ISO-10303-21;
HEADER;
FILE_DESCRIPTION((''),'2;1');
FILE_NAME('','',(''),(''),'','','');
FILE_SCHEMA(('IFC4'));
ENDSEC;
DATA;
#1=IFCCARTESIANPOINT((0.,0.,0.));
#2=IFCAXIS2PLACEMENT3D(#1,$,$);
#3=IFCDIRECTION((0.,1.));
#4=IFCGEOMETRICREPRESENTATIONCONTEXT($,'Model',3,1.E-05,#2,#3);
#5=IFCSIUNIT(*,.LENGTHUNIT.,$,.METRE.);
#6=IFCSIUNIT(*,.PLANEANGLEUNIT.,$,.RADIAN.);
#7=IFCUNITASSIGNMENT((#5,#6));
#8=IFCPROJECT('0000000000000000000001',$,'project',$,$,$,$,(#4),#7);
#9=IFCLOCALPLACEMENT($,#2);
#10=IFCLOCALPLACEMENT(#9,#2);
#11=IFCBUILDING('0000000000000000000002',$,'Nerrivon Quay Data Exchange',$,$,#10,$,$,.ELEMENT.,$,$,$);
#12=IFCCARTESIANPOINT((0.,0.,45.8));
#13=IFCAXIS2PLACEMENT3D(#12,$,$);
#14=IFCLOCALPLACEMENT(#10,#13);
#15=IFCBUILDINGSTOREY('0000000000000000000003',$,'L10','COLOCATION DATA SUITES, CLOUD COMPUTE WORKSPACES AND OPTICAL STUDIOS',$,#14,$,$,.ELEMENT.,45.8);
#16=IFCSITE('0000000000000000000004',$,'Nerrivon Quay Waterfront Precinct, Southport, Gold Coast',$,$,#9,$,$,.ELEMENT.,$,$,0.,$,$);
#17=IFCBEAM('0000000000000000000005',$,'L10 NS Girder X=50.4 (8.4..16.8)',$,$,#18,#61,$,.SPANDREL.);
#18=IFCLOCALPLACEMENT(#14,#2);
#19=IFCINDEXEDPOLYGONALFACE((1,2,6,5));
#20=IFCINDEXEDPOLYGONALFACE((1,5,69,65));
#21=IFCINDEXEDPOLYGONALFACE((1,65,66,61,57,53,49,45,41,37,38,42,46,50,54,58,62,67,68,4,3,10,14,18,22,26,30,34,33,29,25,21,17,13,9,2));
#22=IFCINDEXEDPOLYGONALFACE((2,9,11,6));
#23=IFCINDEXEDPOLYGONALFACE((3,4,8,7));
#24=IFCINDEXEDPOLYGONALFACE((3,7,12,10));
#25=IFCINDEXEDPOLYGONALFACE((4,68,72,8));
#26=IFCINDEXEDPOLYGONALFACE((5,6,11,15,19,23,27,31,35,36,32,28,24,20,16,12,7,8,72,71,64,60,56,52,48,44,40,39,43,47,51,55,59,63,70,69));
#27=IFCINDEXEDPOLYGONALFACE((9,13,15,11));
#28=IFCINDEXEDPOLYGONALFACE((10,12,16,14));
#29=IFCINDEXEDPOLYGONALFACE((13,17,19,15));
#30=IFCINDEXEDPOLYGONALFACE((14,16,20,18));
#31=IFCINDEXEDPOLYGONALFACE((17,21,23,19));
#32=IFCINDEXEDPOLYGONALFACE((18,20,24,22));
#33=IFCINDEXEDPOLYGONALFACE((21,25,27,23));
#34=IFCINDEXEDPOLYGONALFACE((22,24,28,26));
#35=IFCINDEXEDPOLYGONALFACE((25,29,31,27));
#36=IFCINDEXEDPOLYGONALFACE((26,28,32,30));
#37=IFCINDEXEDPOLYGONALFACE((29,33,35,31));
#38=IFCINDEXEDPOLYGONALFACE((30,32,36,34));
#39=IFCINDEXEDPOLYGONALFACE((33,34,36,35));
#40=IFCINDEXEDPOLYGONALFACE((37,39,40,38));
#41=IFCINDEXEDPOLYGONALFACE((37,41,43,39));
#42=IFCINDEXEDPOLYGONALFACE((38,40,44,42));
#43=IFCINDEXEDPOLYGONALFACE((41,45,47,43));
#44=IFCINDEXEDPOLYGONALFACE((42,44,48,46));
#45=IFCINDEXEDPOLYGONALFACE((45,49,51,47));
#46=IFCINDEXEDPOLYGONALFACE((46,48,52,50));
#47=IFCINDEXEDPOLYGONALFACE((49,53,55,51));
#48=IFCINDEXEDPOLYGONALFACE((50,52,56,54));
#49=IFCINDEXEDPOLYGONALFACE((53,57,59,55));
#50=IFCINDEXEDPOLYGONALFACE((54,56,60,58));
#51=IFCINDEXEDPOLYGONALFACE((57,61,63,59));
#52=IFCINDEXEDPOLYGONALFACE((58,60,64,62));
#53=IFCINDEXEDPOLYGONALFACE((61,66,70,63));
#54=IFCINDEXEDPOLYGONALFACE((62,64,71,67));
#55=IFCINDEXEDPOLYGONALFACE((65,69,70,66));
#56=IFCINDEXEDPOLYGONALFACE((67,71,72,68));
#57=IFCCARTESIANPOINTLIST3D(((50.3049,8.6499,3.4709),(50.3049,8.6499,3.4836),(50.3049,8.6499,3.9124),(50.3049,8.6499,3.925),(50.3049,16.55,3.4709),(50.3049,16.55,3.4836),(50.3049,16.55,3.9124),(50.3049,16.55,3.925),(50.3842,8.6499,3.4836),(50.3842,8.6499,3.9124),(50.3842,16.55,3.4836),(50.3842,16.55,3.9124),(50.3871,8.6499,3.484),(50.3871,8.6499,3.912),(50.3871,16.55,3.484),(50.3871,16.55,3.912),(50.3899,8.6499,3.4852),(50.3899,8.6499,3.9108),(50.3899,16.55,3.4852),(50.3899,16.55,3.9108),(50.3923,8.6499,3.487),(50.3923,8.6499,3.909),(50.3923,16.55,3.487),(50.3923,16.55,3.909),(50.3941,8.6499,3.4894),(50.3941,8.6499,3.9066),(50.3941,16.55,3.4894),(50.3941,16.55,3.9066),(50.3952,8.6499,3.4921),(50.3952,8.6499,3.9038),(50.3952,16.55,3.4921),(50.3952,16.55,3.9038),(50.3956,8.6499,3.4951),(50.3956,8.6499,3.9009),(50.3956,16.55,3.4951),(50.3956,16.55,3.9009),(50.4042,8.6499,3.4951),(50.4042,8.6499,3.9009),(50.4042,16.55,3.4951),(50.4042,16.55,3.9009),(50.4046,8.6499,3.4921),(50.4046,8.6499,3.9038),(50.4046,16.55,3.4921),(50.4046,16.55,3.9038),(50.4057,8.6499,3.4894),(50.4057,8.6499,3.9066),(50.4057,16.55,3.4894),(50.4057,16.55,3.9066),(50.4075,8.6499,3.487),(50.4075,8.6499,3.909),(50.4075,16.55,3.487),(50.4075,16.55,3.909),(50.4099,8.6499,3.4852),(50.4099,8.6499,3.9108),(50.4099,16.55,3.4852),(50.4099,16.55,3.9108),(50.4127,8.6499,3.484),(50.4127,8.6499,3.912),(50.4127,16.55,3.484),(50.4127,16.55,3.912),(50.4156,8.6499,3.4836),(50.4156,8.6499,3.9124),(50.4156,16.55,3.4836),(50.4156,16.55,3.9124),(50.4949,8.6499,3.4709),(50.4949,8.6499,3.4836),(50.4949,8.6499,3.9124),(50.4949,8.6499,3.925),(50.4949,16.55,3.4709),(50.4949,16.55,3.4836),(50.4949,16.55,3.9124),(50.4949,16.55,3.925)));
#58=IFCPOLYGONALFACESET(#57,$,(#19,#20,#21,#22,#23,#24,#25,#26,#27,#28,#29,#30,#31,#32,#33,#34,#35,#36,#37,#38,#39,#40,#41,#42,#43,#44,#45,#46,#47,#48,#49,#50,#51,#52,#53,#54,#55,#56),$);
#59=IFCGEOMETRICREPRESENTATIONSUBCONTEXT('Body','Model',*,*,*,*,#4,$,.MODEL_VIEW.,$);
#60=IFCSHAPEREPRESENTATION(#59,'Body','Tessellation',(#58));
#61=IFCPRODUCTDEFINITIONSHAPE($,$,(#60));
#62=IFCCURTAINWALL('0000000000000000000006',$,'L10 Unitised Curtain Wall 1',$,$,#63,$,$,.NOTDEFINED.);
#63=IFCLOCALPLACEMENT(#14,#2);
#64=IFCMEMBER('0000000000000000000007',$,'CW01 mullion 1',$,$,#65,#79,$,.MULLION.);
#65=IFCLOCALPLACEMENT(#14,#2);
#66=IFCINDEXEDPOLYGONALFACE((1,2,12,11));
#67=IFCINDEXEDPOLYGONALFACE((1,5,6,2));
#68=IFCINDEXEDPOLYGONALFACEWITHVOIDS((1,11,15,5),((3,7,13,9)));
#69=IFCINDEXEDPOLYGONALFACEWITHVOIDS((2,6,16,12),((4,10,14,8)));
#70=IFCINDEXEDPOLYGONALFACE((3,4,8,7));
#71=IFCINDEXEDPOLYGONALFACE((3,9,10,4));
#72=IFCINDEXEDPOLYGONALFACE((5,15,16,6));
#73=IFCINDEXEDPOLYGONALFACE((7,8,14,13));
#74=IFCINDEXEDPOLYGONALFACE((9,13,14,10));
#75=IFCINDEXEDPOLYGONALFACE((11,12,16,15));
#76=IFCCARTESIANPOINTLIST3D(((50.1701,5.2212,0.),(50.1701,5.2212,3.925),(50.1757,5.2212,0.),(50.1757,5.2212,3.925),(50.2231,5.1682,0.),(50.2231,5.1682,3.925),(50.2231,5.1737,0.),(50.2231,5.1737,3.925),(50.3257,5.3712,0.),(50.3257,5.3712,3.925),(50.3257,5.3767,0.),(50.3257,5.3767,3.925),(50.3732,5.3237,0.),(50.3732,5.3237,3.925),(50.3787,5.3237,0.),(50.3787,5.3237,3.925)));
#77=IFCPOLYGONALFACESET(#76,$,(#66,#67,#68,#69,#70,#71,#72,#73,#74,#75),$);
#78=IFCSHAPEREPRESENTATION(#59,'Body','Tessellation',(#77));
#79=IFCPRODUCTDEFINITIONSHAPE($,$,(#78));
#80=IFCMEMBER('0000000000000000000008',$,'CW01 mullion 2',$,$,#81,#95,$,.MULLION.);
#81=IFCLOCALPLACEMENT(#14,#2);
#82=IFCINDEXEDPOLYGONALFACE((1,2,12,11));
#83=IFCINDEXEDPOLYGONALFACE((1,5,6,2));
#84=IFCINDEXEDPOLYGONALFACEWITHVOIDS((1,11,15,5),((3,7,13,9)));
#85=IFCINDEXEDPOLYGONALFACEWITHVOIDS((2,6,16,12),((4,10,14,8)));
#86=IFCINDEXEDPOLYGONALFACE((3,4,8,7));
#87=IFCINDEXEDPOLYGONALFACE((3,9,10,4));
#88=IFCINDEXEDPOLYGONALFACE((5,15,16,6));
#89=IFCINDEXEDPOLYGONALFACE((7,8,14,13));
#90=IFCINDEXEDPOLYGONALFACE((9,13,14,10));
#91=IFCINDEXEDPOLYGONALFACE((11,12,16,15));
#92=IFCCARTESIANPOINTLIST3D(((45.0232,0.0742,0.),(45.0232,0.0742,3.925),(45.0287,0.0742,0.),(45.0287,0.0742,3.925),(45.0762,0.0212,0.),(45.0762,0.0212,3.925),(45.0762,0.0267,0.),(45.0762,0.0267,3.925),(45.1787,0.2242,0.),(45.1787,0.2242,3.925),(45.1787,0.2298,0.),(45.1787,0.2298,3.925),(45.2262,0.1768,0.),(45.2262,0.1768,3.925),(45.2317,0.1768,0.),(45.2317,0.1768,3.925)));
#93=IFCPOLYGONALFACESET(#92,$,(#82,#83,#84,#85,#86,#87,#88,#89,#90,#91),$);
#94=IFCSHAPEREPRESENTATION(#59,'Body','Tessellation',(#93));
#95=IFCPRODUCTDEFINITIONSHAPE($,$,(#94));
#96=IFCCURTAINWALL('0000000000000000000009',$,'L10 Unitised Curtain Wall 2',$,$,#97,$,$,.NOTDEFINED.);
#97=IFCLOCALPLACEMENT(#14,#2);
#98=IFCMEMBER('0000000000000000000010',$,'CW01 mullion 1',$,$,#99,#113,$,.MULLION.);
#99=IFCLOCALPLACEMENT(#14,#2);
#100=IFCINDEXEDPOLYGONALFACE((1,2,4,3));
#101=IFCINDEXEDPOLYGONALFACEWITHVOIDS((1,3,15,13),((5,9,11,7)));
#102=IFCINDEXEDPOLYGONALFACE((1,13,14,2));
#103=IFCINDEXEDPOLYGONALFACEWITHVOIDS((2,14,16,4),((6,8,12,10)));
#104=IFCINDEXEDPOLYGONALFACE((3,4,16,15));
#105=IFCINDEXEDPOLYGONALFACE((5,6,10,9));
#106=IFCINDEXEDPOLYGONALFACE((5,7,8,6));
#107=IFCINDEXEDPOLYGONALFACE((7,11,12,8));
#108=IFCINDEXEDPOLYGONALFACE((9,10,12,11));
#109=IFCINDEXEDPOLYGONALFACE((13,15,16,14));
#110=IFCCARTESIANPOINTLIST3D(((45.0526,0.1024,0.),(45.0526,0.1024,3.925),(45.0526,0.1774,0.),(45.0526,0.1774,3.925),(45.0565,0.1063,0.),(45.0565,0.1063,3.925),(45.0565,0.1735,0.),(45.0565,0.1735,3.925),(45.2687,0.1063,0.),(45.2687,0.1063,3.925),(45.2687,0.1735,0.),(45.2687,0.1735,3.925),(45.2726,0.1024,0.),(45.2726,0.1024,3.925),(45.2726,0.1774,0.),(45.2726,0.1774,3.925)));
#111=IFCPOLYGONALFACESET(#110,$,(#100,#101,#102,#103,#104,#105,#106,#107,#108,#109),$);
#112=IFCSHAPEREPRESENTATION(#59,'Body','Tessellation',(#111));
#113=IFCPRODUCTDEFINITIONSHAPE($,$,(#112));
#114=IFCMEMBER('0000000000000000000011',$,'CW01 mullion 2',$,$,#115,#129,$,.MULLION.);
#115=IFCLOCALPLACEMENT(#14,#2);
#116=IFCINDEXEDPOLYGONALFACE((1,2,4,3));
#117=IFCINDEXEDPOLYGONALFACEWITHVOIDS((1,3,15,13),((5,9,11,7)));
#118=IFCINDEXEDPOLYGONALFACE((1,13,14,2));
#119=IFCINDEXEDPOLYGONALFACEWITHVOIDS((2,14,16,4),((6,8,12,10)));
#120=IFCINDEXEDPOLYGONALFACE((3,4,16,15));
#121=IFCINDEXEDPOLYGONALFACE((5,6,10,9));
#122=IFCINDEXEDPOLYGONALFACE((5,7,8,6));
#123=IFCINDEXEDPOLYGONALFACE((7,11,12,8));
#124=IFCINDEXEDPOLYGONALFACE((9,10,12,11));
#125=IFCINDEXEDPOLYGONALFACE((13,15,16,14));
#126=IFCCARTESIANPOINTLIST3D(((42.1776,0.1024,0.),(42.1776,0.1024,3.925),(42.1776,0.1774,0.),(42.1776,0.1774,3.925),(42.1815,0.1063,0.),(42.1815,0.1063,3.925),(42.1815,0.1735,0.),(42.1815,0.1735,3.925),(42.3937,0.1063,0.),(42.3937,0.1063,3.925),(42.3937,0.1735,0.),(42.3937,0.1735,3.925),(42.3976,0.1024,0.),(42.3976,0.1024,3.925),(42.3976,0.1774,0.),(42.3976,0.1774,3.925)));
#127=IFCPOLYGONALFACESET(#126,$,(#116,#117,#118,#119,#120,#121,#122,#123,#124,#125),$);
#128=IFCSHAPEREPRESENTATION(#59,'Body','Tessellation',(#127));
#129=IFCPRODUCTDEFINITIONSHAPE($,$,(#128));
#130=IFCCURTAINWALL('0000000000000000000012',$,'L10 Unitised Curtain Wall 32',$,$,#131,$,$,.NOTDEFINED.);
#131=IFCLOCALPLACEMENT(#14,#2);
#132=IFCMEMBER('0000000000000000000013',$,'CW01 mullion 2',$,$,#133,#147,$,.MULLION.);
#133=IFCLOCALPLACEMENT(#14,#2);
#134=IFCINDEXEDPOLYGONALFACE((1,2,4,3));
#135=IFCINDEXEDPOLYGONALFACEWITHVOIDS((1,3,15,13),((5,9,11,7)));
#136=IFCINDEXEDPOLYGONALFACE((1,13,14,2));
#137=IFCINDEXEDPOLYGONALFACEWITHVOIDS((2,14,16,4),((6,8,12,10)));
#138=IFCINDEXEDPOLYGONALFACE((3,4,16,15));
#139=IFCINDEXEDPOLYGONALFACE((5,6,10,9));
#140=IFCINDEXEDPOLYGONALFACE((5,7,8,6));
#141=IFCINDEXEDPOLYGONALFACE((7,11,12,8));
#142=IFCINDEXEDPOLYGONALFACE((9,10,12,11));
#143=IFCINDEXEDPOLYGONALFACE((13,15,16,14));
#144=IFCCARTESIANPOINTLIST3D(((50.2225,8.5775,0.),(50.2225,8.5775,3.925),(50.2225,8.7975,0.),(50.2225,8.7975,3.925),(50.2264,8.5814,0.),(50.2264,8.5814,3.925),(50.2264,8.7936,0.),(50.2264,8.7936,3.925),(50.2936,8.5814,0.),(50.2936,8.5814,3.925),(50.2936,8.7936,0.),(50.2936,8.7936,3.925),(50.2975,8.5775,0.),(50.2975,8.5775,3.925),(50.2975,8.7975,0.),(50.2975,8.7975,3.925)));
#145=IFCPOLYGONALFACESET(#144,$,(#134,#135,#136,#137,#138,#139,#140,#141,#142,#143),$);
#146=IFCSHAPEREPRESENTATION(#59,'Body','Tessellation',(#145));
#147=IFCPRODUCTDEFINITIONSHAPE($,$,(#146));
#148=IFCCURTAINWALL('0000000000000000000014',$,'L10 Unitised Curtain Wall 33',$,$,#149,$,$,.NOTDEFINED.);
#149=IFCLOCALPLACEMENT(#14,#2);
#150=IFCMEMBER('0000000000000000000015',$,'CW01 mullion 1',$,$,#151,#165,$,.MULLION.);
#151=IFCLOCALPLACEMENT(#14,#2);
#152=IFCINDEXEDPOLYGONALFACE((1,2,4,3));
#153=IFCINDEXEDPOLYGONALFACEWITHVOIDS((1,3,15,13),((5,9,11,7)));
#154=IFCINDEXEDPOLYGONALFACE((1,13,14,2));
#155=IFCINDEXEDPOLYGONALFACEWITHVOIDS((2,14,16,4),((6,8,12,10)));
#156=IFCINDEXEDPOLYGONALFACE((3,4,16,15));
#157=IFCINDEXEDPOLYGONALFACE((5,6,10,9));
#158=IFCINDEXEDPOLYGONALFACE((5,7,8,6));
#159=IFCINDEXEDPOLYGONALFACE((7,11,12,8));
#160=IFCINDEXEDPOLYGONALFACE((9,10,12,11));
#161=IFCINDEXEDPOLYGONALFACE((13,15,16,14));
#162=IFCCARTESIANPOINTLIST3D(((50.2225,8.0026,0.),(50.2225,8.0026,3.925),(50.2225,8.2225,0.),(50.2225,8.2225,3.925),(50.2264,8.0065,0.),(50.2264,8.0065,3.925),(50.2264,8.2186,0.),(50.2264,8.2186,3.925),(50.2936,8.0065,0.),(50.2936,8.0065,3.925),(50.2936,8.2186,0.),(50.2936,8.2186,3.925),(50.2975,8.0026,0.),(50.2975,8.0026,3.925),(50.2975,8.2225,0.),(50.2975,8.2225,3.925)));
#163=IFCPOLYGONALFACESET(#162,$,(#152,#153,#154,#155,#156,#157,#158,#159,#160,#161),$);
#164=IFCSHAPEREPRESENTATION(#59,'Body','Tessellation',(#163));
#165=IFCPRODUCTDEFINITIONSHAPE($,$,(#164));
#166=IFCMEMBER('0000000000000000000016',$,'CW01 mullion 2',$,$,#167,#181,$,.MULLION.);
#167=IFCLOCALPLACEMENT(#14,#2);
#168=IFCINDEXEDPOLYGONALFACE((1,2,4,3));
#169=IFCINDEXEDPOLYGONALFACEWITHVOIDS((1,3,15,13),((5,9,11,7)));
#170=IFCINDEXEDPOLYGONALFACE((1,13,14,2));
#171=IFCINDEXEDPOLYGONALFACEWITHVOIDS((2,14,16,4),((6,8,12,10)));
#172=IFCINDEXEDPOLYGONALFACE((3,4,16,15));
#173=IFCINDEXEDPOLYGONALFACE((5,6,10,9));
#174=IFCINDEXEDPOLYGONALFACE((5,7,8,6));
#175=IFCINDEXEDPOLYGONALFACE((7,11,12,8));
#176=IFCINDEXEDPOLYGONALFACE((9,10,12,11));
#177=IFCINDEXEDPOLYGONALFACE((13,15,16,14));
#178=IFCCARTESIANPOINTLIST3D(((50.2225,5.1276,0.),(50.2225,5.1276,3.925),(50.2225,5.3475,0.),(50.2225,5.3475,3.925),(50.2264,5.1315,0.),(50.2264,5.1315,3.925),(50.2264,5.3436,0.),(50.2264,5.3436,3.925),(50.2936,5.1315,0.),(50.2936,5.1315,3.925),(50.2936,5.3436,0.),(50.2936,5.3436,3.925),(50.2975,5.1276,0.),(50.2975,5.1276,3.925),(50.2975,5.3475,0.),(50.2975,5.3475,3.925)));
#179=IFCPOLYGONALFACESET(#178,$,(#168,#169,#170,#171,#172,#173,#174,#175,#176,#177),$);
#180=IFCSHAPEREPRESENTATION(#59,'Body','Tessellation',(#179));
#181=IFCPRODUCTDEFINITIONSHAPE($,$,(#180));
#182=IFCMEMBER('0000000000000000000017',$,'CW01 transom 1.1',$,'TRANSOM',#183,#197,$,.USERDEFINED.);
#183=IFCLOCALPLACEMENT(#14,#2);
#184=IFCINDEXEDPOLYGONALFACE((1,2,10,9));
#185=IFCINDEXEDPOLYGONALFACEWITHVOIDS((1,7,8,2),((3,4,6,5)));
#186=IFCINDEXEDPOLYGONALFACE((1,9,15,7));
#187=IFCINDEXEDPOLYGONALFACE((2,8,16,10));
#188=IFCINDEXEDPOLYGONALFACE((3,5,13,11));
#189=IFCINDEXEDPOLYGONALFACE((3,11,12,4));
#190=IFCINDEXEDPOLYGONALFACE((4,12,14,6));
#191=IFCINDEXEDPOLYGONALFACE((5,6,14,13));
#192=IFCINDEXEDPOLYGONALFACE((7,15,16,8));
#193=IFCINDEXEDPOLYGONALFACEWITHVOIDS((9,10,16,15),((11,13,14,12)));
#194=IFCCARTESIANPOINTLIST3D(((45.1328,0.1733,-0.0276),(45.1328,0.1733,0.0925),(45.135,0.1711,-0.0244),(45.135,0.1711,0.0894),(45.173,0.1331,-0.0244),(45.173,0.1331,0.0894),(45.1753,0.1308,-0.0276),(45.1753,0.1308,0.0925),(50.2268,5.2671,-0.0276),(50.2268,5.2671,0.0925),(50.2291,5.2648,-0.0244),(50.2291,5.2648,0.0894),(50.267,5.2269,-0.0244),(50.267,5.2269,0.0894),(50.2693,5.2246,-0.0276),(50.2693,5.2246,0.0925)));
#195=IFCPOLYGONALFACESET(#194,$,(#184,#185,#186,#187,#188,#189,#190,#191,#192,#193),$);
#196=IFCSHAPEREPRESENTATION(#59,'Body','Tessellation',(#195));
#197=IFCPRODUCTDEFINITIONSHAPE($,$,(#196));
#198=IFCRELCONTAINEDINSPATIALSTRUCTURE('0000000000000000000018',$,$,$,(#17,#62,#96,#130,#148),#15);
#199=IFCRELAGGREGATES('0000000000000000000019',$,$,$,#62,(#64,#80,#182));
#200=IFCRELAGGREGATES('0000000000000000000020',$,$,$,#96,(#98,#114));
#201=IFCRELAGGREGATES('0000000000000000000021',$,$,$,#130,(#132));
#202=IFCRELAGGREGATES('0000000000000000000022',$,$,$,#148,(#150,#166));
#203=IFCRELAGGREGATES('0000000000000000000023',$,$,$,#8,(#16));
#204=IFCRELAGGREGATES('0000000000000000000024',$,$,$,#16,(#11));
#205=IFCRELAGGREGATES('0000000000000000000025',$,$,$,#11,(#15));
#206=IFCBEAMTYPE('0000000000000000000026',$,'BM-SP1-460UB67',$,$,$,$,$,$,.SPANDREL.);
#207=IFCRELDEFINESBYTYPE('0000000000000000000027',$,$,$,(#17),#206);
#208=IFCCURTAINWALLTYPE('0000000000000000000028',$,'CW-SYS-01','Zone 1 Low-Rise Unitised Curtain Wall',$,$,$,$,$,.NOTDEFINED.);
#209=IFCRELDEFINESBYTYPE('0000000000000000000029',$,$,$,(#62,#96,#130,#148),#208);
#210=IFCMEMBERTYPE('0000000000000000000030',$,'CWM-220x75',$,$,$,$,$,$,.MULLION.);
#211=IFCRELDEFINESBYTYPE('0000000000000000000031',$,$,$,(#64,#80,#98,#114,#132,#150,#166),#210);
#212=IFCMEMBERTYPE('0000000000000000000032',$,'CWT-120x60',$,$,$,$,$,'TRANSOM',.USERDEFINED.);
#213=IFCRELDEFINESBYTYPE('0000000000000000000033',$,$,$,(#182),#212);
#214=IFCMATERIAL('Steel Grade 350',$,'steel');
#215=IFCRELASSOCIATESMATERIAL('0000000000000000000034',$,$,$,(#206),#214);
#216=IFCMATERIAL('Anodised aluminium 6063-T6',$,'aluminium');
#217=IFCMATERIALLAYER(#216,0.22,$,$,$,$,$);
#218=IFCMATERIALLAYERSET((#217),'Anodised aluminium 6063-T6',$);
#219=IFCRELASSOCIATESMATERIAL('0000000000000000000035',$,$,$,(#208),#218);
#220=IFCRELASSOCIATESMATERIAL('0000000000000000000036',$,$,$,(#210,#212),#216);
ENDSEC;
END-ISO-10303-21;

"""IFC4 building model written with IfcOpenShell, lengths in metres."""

from ifc_helpers import new_model, si_unit, direction, frame, origin, origin_2d, place, context, subcontext, project, spatial, hollow_rectangle, i_section, extrude, material, layer, layer_set, material_profile, profile_set, type_object, element, aggregate, save


model = new_model("IFC4")

# Units and contexts
model_context = context("Model", 3, precision=1e-05, world=origin(), true_north=direction((0.0, 1.0)))
body_context = subcontext(model_context, "Body", "Model", "MODEL_VIEW")
ifc_project = project(units=[si_unit("LENGTHUNIT", "METRE"), si_unit("PLANEANGLEUNIT", "RADIAN")], contexts=[model_context])

# Site, building, storey
site_placement = place(None, origin())
site = spatial("IfcSite", under=ifc_project, at=site_placement, Name="Nerrivon Quay Waterfront Precinct, Southport, Gold Coast", CompositionType="ELEMENT", RefElevation=0.0)
building_placement = place(site_placement, origin())
building = spatial("IfcBuilding", under=site, at=building_placement, Name="Nerrivon Quay Data Exchange", CompositionType="ELEMENT")
storey_placement = place(building_placement, frame((0.0, 0.0, 45.8)))
storey = spatial("IfcBuildingStorey", under=building, at=storey_placement, Name="L10", Description="COLOCATION DATA SUITES, CLOUD COMPUTE WORKSPACES AND OPTICAL STUDIOS", CompositionType="ELEMENT", Elevation=45.8)

# Shared definitions
ifc_material_1 = material(Name="Steel Grade 350", Category="steel")

# Beam
ifc_material_profile_1 = material_profile(ifc_material_1, i_section(OverallWidth=0.1899, OverallDepth=0.4541, WebThickness=0.0085, FlangeThickness=0.0127, FilletRadius=0.0115, at=origin_2d()), Name="460UB67.1")
ifc_profile_set_1 = profile_set([ifc_material_profile_1], Name="Steel Grade 350")
beam_type_1 = type_object("IfcBeamType", Name="BM-SP1-460UB67", PredefinedType="SPANDREL", material=ifc_profile_set_1)
beam_1_placement = place(storey_placement, frame((50.3999, 8.6499, 3.698), z_axis=(0.0, 1.0, 0.0), x_axis=(-1.0, 0.0, 0.0)))
element("IfcBeam", 1, at=beam_1_placement, inside=storey, type_object=beam_type_1, Name="L10 NS Girder X=50.4 (8.4..16.8)", PredefinedType="SPANDREL", context=body_context, shape_type="SweptSolid", body=[
    extrude(i_section(OverallWidth=0.1899, OverallDepth=0.4541, WebThickness=0.0085, FlangeThickness=0.0127, FilletRadius=0.0115, at=origin_2d()), origin(), (0.0, 0.0, 1.0), 7.9001),
])

# Curtain walls, members
ifc_material_2 = material(Name="Anodised aluminium 6063-T6", Category="aluminium")
ifc_layer_1 = layer(ifc_material_2, 0.22)
ifc_layer_set_1 = layer_set([ifc_layer_1], Name="Anodised aluminium 6063-T6")
curtain_wall_type = type_object("IfcCurtainWallType", Name="CW-SYS-01", Description="Zone 1 Low-Rise Unitised Curtain Wall", PredefinedType="NOTDEFINED", material=ifc_layer_set_1)
curtain_wall_1_placement = place(storey_placement, origin())
curtain_wall_1 = element("IfcCurtainWall", 2, at=curtain_wall_1_placement, inside=storey, type_object=curtain_wall_type, Name="L10 Unitised Curtain Wall 1", PredefinedType="NOTDEFINED")
ifc_material_profile_2 = material_profile(ifc_material_2, hollow_rectangle(XDim=0.075, YDim=0.22, WallThickness=0.0039, at=origin_2d()), Name="ALU-MULL-220x75")
ifc_profile_set_2 = profile_set([ifc_material_profile_2], Name="Anodised aluminium 6063-T6")
member_type_1 = type_object("IfcMemberType", Name="CWM-220x75", PredefinedType="MULLION", material=ifc_profile_set_2)
member_1_placement = place(storey_placement, frame((50.2744, 5.2725, 0.0), z_axis=(0.0, 0.0, 1.0), x_axis=(0.707107, -0.707107, 0.0)))
member_1 = element("IfcMember", 3, at=member_1_placement, type_object=member_type_1, Name="CW01 mullion 1", PredefinedType="MULLION", context=body_context, shape_type="SweptSolid", body=[
    extrude(hollow_rectangle(XDim=0.075, YDim=0.22, WallThickness=0.0039, at=origin_2d()), origin(), (0.0, 0.0, 1.0), 3.925),
])
member_2_placement = place(storey_placement, frame((45.1274, 0.1255, 0.0), z_axis=(0.0, 0.0, 1.0), x_axis=(0.707107, -0.707107, 0.0)))
member_2 = element("IfcMember", 4, at=member_2_placement, type_object=member_type_1, Name="CW01 mullion 2", PredefinedType="MULLION", context=body_context, shape_type="SweptSolid", body=[
    extrude(hollow_rectangle(XDim=0.075, YDim=0.22, WallThickness=0.0039, at=origin_2d()), origin(), (0.0, 0.0, 1.0), 3.925),
])
curtain_wall_2_placement = place(storey_placement, origin())
curtain_wall_2 = element("IfcCurtainWall", 5, at=curtain_wall_2_placement, inside=storey, type_object=curtain_wall_type, Name="L10 Unitised Curtain Wall 2", PredefinedType="NOTDEFINED")
member_3_placement = place(storey_placement, frame((45.1626, 0.1399, 0.0), z_axis=(0.0, 0.0, 1.0), x_axis=(0.0, -1.0, 0.0)))
member_3 = element("IfcMember", 6, at=member_3_placement, type_object=member_type_1, Name="CW01 mullion 1", PredefinedType="MULLION", context=body_context, shape_type="SweptSolid", body=[
    extrude(hollow_rectangle(XDim=0.075, YDim=0.22, WallThickness=0.0039, at=origin_2d()), origin(), (0.0, 0.0, 1.0), 3.925),
])
member_4_placement = place(storey_placement, frame((42.2876, 0.1399, 0.0), z_axis=(0.0, 0.0, 1.0), x_axis=(0.0, -1.0, 0.0)))
member_4 = element("IfcMember", 7, at=member_4_placement, type_object=member_type_1, Name="CW01 mullion 2", PredefinedType="MULLION", context=body_context, shape_type="SweptSolid", body=[
    extrude(hollow_rectangle(XDim=0.075, YDim=0.22, WallThickness=0.0039, at=origin_2d()), origin(), (0.0, 0.0, 1.0), 3.925),
])

# Curtain wall, member
curtain_wall_3_placement = place(storey_placement, origin())
curtain_wall_3 = element("IfcCurtainWall", 8, at=curtain_wall_3_placement, inside=storey, type_object=curtain_wall_type, Name="L10 Unitised Curtain Wall 32", PredefinedType="NOTDEFINED")
member_5_placement = place(storey_placement, frame((50.26, 8.6875, 0.0), z_axis=(0.0, 0.0, 1.0), x_axis=(1.0, 0.0, 0.0)))
member_5 = element("IfcMember", 9, at=member_5_placement, type_object=member_type_1, Name="CW01 mullion 2", PredefinedType="MULLION", context=body_context, shape_type="SweptSolid", body=[
    extrude(hollow_rectangle(XDim=0.075, YDim=0.22, WallThickness=0.0039, at=origin_2d()), origin(), (0.0, 0.0, 1.0), 3.925),
])

# Curtain wall, members
curtain_wall_4_placement = place(storey_placement, origin())
curtain_wall_4 = element("IfcCurtainWall", 10, at=curtain_wall_4_placement, inside=storey, type_object=curtain_wall_type, Name="L10 Unitised Curtain Wall 33", PredefinedType="NOTDEFINED")
member_6_placement = place(storey_placement, frame((50.26, 8.1125, 0.0), z_axis=(0.0, 0.0, 1.0), x_axis=(1.0, 0.0, 0.0)))
member_6 = element("IfcMember", 11, at=member_6_placement, type_object=member_type_1, Name="CW01 mullion 1", PredefinedType="MULLION", context=body_context, shape_type="SweptSolid", body=[
    extrude(hollow_rectangle(XDim=0.075, YDim=0.22, WallThickness=0.0039, at=origin_2d()), origin(), (0.0, 0.0, 1.0), 3.925),
])
member_7_placement = place(storey_placement, frame((50.26, 5.2375, 0.0), z_axis=(0.0, 0.0, 1.0), x_axis=(1.0, 0.0, 0.0)))
member_7 = element("IfcMember", 12, at=member_7_placement, type_object=member_type_1, Name="CW01 mullion 2", PredefinedType="MULLION", context=body_context, shape_type="SweptSolid", body=[
    extrude(hollow_rectangle(XDim=0.075, YDim=0.22, WallThickness=0.0039, at=origin_2d()), origin(), (0.0, 0.0, 1.0), 3.925),
])

# Member
ifc_material_profile_3 = material_profile(ifc_material_2, hollow_rectangle(XDim=0.0601, YDim=0.1201, WallThickness=0.0032, at=origin_2d()), Name="ALU-TRAN-120x60")
ifc_profile_set_3 = profile_set([ifc_material_profile_3], Name="Anodised aluminium 6063-T6")
member_type_2 = type_object("IfcMemberType", Name="CWT-120x60", ElementType="TRANSOM", PredefinedType="USERDEFINED", material=ifc_profile_set_3)
member_8_placement = place(storey_placement, frame((50.248, 5.2458, 0.0325), z_axis=(-0.707124, -0.70709, 0.0), x_axis=(0.70709, -0.707124, 0.0)))
member_8 = element("IfcMember", 13, at=member_8_placement, type_object=member_type_2, Name="CW01 transom 1.1", ObjectType="TRANSOM", PredefinedType="USERDEFINED", context=body_context, shape_type="SweptSolid", body=[
    extrude(hollow_rectangle(XDim=0.0601, YDim=0.1201, WallThickness=0.0032, at=origin_2d()), origin(), (0.0, 0.0, 1.0), 7.2039),
])

aggregate(curtain_wall_1, [member_1, member_2, member_8])
aggregate(curtain_wall_2, [member_3, member_4])
aggregate(curtain_wall_3, [member_5])
aggregate(curtain_wall_4, [member_6, member_7])

save(model, "model.ifc")
